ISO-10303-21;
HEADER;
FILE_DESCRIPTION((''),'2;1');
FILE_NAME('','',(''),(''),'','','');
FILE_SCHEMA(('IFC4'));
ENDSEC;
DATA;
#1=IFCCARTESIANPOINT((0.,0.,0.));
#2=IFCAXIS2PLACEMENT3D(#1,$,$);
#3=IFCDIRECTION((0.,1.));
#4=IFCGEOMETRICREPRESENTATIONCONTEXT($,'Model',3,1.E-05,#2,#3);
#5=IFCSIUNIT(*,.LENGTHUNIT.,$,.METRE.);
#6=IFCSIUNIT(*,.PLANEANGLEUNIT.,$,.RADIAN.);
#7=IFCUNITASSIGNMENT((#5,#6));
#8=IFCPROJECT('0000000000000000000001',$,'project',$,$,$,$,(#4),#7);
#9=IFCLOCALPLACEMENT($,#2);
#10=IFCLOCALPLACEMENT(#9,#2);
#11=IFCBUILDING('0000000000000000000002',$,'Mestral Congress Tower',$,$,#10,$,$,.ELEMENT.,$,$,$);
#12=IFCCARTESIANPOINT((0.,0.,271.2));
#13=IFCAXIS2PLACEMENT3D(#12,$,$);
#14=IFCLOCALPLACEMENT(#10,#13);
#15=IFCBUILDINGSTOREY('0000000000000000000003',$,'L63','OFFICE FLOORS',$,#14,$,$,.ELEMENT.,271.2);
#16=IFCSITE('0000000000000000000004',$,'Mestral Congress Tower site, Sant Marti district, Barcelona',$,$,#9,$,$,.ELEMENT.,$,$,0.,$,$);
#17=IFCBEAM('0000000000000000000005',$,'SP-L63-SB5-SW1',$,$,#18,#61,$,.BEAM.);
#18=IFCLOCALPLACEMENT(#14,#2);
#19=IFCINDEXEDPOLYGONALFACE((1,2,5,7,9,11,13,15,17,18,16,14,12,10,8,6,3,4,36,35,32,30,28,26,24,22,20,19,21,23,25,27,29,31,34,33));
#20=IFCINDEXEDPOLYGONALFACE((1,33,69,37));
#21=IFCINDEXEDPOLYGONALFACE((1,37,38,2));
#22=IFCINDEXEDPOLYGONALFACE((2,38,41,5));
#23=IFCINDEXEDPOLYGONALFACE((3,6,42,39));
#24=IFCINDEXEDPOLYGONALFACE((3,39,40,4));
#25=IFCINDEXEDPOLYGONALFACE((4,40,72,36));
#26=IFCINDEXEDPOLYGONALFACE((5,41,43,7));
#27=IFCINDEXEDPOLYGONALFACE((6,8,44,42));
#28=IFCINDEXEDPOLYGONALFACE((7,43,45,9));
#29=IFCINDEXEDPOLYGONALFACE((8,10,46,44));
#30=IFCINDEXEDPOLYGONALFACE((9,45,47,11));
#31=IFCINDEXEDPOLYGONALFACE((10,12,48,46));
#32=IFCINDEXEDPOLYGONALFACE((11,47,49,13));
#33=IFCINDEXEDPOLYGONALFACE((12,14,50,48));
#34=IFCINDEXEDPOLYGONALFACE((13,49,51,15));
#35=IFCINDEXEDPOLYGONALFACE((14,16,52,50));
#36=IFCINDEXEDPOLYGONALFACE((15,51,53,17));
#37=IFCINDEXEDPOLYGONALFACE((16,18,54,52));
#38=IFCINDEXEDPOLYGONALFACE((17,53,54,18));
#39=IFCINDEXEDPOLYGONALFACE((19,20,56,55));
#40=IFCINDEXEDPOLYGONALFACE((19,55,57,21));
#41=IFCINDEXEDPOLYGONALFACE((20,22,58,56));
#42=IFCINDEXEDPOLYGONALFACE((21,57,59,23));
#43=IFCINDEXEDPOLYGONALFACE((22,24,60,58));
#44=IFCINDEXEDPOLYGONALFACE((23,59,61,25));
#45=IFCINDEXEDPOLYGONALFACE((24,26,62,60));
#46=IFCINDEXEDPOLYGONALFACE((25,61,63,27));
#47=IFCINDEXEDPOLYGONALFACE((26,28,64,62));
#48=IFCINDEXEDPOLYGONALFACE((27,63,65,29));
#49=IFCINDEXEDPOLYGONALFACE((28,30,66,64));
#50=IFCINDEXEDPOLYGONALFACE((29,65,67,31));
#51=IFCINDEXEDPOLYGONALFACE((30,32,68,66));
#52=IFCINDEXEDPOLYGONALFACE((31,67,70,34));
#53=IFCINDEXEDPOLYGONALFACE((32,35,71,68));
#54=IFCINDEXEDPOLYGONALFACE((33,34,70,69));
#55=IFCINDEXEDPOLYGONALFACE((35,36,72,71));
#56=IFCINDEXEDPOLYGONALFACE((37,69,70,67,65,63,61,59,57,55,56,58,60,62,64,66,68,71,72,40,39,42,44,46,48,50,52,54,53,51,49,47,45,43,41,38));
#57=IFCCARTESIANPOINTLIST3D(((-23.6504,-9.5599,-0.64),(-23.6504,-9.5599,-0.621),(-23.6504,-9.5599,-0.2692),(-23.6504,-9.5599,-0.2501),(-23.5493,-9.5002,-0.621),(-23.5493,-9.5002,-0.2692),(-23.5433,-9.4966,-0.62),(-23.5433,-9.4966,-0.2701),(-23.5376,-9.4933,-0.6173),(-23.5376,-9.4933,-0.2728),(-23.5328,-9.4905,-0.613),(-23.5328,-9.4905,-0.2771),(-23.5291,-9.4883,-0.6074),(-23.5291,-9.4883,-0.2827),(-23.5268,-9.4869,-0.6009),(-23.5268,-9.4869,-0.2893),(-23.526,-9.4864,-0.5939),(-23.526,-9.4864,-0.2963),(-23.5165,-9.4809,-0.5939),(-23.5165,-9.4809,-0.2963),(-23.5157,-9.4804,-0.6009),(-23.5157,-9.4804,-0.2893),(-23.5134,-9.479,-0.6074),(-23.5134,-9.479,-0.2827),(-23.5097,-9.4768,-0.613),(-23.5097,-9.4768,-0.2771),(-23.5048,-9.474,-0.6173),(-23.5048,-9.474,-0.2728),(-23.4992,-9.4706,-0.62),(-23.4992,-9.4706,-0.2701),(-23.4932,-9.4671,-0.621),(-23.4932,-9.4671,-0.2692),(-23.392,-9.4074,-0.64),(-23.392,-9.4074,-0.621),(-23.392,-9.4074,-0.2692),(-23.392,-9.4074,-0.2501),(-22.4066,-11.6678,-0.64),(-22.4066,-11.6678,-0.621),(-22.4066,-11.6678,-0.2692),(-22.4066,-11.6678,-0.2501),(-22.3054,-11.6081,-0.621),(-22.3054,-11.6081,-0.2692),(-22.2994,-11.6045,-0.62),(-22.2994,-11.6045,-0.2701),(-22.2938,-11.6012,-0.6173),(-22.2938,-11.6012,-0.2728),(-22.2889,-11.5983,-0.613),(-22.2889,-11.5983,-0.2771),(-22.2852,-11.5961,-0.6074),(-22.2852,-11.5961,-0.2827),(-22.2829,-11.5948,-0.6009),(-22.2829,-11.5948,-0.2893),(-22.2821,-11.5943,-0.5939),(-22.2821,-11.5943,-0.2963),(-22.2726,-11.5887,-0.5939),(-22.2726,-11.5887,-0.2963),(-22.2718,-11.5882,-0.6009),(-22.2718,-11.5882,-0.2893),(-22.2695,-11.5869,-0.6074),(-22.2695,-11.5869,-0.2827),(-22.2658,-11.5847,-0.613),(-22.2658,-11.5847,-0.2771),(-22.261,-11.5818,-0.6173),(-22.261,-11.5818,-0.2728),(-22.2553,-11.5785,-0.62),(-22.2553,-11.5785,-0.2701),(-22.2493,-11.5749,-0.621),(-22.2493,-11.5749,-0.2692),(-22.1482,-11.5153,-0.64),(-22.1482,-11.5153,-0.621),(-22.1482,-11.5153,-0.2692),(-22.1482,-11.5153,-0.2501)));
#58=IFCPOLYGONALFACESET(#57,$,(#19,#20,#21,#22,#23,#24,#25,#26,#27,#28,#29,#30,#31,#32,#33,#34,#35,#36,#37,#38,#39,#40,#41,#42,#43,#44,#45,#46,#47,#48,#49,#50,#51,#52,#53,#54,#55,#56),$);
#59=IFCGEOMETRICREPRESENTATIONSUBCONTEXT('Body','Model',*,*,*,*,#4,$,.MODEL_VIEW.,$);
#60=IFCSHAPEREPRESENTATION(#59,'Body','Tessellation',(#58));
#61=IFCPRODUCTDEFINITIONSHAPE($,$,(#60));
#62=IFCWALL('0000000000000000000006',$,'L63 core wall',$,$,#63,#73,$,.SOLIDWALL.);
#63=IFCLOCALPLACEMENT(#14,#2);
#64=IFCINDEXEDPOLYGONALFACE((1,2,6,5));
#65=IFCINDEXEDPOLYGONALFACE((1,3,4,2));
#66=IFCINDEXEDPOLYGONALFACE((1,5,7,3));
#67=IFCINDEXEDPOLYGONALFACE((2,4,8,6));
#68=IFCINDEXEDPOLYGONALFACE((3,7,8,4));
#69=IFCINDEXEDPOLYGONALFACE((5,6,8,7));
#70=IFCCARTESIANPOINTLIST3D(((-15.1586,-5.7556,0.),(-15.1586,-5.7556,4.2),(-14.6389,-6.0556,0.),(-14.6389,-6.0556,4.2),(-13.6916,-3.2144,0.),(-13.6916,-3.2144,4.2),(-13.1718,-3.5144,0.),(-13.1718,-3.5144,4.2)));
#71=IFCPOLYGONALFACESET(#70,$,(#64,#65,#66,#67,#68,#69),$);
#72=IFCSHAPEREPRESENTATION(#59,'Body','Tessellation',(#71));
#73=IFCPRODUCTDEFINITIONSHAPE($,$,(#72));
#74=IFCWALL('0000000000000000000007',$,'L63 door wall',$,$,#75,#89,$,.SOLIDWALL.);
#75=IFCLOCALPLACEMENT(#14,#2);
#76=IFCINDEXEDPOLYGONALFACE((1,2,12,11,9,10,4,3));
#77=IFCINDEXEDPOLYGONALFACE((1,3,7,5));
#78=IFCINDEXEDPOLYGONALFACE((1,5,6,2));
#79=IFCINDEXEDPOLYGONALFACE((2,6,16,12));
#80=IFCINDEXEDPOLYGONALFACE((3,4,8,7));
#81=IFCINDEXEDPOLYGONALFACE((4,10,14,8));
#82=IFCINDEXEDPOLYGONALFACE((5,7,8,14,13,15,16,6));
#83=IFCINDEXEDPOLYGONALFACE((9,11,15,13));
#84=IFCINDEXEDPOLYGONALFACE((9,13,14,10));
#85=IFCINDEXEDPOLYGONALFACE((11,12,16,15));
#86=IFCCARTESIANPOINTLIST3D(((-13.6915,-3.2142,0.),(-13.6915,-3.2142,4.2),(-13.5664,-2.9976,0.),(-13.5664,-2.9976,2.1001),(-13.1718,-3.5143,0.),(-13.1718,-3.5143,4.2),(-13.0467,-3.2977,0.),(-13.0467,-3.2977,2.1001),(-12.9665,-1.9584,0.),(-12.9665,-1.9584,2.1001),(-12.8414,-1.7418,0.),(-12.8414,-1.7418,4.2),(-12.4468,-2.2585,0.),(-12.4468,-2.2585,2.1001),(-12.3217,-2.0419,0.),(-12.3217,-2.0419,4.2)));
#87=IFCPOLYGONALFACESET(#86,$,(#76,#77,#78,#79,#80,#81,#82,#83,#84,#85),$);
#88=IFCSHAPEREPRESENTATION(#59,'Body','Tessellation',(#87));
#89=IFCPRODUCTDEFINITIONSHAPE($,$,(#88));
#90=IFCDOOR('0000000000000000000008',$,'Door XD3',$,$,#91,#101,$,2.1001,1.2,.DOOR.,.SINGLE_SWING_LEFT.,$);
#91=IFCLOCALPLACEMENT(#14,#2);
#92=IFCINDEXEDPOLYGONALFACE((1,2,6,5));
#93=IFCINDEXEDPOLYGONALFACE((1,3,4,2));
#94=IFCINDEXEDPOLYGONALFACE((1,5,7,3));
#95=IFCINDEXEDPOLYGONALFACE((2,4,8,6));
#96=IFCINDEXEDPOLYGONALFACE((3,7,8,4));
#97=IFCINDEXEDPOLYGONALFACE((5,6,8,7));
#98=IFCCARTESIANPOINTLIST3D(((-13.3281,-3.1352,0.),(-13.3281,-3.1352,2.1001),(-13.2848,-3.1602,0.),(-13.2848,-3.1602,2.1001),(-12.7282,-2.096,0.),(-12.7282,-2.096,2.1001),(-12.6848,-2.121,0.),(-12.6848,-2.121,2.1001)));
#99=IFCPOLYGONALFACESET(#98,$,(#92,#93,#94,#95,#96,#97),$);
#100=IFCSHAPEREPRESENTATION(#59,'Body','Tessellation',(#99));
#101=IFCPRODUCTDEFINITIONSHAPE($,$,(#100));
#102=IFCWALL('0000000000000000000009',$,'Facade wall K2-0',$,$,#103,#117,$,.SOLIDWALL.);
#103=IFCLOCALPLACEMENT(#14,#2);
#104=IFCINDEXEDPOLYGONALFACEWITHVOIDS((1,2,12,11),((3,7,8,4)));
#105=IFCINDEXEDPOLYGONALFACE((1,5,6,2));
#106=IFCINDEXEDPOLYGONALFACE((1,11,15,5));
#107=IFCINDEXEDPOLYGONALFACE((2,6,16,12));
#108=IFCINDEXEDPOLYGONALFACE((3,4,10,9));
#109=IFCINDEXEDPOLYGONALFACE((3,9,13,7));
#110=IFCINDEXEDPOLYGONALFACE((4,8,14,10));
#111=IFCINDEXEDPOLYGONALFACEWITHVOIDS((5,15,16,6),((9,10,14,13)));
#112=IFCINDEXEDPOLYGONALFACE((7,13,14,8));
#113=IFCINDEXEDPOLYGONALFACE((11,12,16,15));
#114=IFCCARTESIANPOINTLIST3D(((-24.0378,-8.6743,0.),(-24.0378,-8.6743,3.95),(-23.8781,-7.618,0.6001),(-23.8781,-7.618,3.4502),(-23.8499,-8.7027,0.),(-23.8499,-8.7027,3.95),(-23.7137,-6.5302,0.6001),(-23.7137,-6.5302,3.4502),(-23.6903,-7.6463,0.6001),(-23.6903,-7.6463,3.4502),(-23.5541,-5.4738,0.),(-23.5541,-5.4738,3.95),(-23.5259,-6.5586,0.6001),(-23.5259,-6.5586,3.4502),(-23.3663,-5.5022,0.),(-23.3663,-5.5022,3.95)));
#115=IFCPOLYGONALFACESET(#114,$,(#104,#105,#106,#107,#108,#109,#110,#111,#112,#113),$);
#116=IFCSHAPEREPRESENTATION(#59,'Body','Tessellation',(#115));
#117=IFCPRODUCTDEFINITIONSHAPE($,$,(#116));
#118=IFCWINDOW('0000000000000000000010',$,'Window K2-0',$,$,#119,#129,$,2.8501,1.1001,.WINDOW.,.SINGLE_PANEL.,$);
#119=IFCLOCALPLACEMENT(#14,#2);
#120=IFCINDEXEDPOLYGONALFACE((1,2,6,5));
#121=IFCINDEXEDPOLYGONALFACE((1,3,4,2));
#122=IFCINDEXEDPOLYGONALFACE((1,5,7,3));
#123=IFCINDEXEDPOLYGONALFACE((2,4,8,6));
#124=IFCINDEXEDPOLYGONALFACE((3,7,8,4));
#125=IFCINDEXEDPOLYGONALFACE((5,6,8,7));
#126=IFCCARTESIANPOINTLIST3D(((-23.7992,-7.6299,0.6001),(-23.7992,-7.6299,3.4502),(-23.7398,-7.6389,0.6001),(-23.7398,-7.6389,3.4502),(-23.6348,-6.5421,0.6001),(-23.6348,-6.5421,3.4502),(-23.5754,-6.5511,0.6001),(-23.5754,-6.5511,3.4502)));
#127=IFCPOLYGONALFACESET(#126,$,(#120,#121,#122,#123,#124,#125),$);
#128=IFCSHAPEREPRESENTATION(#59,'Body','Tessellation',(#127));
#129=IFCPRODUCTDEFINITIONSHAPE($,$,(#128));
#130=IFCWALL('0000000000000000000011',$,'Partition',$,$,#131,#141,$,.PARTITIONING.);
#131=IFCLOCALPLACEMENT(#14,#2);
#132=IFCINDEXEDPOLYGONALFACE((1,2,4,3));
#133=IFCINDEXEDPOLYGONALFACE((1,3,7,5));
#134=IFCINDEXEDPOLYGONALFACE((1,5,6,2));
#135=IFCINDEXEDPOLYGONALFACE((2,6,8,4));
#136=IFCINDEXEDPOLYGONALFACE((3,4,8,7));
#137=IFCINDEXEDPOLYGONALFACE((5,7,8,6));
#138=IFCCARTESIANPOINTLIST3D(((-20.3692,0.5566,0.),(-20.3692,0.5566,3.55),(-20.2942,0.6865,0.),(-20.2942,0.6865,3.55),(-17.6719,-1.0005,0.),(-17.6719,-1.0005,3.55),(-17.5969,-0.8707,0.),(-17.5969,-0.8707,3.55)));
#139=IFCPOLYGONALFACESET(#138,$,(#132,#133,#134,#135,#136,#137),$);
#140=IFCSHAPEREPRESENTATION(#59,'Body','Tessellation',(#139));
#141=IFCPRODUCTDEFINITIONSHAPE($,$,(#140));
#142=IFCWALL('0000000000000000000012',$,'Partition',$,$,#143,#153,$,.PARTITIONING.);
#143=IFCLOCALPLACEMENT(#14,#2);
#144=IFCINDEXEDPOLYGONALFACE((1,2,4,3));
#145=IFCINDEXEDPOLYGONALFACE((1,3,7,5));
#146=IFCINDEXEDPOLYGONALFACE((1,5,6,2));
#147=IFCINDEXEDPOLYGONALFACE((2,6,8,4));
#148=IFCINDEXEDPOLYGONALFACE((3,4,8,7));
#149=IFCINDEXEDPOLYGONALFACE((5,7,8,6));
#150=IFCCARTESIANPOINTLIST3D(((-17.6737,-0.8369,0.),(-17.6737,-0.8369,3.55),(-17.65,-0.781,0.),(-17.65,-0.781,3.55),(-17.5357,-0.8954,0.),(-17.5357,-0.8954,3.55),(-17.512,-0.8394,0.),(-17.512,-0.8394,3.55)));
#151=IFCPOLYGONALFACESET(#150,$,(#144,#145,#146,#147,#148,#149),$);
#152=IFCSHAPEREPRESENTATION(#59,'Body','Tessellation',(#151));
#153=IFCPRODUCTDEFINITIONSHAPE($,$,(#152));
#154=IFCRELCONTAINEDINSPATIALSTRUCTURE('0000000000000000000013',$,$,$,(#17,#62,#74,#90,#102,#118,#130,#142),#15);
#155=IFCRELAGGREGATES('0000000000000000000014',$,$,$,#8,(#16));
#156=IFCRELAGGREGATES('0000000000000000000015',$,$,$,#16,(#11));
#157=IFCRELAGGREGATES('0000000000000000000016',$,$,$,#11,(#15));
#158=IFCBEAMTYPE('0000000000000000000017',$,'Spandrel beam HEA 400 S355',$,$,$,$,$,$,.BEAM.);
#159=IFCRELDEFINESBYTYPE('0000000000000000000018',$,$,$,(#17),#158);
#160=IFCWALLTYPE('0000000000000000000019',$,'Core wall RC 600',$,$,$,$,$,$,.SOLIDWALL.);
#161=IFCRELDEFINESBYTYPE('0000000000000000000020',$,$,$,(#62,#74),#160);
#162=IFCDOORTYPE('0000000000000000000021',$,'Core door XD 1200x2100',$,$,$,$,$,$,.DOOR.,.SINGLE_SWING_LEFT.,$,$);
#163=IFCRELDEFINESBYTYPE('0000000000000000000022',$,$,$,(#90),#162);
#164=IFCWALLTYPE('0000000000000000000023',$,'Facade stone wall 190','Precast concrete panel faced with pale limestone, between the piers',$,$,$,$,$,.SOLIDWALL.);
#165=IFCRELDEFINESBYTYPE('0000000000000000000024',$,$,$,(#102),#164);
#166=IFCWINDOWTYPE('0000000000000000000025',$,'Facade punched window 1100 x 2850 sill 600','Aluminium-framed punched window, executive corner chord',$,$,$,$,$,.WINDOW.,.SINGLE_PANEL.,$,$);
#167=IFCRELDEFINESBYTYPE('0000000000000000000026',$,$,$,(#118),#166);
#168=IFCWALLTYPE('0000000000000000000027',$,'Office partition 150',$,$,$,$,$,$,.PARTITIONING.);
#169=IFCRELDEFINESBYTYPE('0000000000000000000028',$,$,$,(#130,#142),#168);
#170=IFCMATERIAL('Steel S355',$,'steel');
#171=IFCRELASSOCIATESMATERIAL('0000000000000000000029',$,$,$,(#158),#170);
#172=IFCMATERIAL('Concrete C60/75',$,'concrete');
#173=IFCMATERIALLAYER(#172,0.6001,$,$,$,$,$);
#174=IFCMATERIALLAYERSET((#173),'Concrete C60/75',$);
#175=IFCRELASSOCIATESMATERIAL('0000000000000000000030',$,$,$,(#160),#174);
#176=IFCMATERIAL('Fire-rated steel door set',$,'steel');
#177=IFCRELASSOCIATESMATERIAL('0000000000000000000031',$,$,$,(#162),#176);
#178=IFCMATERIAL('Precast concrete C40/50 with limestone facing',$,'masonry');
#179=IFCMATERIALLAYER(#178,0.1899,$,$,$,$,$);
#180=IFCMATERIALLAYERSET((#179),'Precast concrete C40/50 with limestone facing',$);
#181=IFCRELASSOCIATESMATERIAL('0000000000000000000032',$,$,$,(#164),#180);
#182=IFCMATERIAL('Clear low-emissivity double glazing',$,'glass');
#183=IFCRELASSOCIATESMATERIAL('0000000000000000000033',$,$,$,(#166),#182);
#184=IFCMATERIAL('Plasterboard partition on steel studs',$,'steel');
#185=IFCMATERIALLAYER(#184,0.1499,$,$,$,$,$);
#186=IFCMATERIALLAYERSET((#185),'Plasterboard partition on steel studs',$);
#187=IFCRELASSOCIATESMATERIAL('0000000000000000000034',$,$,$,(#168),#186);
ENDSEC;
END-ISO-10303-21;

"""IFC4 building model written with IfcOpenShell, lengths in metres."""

from ifc_helpers import new_model, si_unit, direction, frame, frame_2d, origin, origin_2d, place, context, subcontext, project, spatial, rectangle, i_section, extrude, material, layer, layer_set, material_profile, profile_set, type_object, element, fill, save


model = new_model("IFC4")

# Units and contexts
model_context = context("Model", 3, precision=1e-05, world=origin(), true_north=direction((0.0, 1.0)))
body_context = subcontext(model_context, "Body", "Model", "MODEL_VIEW")
ifc_project = project(units=[si_unit("LENGTHUNIT", "METRE"), si_unit("PLANEANGLEUNIT", "RADIAN")], contexts=[model_context])

# Site, building, storey
site_placement = place(None, origin())
site = spatial("IfcSite", under=ifc_project, at=site_placement, Name="Mestral Congress Tower site, Sant Marti district, Barcelona", CompositionType="ELEMENT", RefElevation=0.0)
building_placement = place(site_placement, origin())
building = spatial("IfcBuilding", under=site, at=building_placement, Name="Mestral Congress Tower", CompositionType="ELEMENT")
storey_placement = place(building_placement, frame((0.0, 0.0, 271.2)))
storey = spatial("IfcBuildingStorey", under=building, at=storey_placement, Name="L63", Description="OFFICE FLOORS", CompositionType="ELEMENT", Elevation=271.2)

# Shared definitions
ifc_material_1 = material(Name="Concrete C60/75", Category="concrete")

# Beam
ifc_material_2 = material(Name="Steel S355", Category="steel")
ifc_material_profile_1 = material_profile(ifc_material_2, i_section(OverallWidth=0.3, OverallDepth=0.3899, WebThickness=0.011, FlangeThickness=0.019, FilletRadius=0.0271, at=origin_2d()), Name="HEA 400")
ifc_profile_set_1 = profile_set([ifc_material_profile_1], Name="Steel S355")
beam_type_1 = type_object("IfcBeamType", Name="Spandrel beam HEA 400 S355", PredefinedType="BEAM", material=ifc_profile_set_1)
beam_1_placement = place(storey_placement, frame((-23.5212, -9.4836, -0.4451), z_axis=(0.508218, -0.861228, 0.0), x_axis=(0.861228, 0.508218, 0.0)))
element("IfcBeam", 1, at=beam_1_placement, inside=storey, type_object=beam_type_1, Name="SP-L63-SB5-SW1", PredefinedType="BEAM", context=body_context, shape_type="SweptSolid", body=[
    extrude(i_section(OverallWidth=0.3, OverallDepth=0.3899, WebThickness=0.011, FlangeThickness=0.019, FilletRadius=0.0271, at=origin_2d()), origin(), (0.0, 0.0, 1.0), 2.4475),
])

# Wall
ifc_layer_1 = layer(ifc_material_1, 0.6001)
ifc_layer_set_1 = layer_set([ifc_layer_1], Name="Concrete C60/75")
wall_type_1 = type_object("IfcWallType", Name="Core wall RC 600", PredefinedType="SOLIDWALL", material=ifc_layer_set_1)
wall_1_placement = place(storey_placement, frame((-13.4316, -3.3643, 0.0), z_axis=(0.0, 0.0, 1.0), x_axis=(-0.49996, -0.866048, 0.0)))
element("IfcWall", 2, at=wall_1_placement, inside=storey, type_object=wall_type_1, Name="L63 core wall", PredefinedType="SOLIDWALL", context=body_context, shape_type="SweptSolid", body=[
    extrude(rectangle(XDim=2.9343, YDim=0.6001, at=frame_2d((1.4673, 0.0))), origin(), (0.0, 0.0, 1.0), 4.2),
])

# Wall, opening, door
wall_2_placement = place(storey_placement, frame((-13.4316, -3.3643, 0.0), z_axis=(0.0, 0.0, 1.0), x_axis=(0.5, 0.866025, 0.0)))
wall_2 = element("IfcWall", 3, at=wall_2_placement, inside=storey, type_object=wall_type_1, Name="L63 door wall", PredefinedType="SOLIDWALL", context=body_context, shape_type="SweptSolid", body=[
    extrude(rectangle(XDim=1.7002, YDim=0.6001, at=frame_2d((0.8501, 0.0))), origin(), (0.0, 0.0, 1.0), 4.2),
])
opening_1_placement = place(wall_2_placement, frame((0.25, 0.0, 0.0)))
opening_1 = element("IfcOpeningElement", 4, at=opening_1_placement, cuts=wall_2, PredefinedType="OPENING", context=body_context, shape_type="SweptSolid", body=[
    extrude(rectangle(XDim=1.2, YDim=2.1001, at=frame_2d((0.6001, 1.05))), frame((0.0, 0.3101, 0.0), z_axis=(0.0, -1.0, 0.0), x_axis=(1.0, 0.0, 0.0)), (0.0, 0.0, 1.0), 0.6201),
])
ifc_material_3 = material(Name="Fire-rated steel door set", Category="steel")
door_type_1 = type_object("IfcDoorType", Name="Core door XD 1200x2100", OperationType="SINGLE_SWING_LEFT", PredefinedType="DOOR", material=ifc_material_3)
door_1_placement = place(opening_1_placement, origin())
door_1 = element("IfcDoor", 5, at=door_1_placement, inside=storey, type_object=door_type_1, Name="Door XD3", OperationType="SINGLE_SWING_LEFT", OverallHeight=2.1001, OverallWidth=1.2, PredefinedType="DOOR", context=body_context, shape_type="SweptSolid", body=[
    extrude(rectangle(XDim=1.2, YDim=2.1001, at=frame_2d((0.6001, 1.05))), frame((0.0, 0.0249, 0.0), z_axis=(0.0, -1.0, 0.0), x_axis=(1.0, 0.0, 0.0)), (0.0, 0.0, 1.0), 0.05),
])
fill(opening_1, door_1)

# Wall, opening, window
ifc_material_4 = material(Name="Precast concrete C40/50 with limestone facing", Category="masonry")
ifc_layer_2 = layer(ifc_material_4, 0.1899)
ifc_layer_set_2 = layer_set([ifc_layer_2], Name="Precast concrete C40/50 with limestone facing")
wall_type_2 = type_object("IfcWallType", Name="Facade stone wall 190", Description="Precast concrete panel faced with pale limestone, between the piers", PredefinedType="SOLIDWALL", material=ifc_layer_set_2)
wall_3_placement = place(storey_placement, frame((-23.4602, -5.488, 0.0), z_axis=(0.0, 0.0, 1.0), x_axis=(-0.149421, -0.988774, 0.0)))
wall_3 = element("IfcWall", 6, at=wall_3_placement, inside=storey, type_object=wall_type_2, Name="Facade wall K2-0", PredefinedType="SOLIDWALL", context=body_context, shape_type="SweptSolid", body=[
    extrude(rectangle(XDim=3.2368, YDim=0.1899, at=frame_2d((1.6184, 0.0))), origin(), (0.0, 0.0, 1.0), 3.95),
])
opening_2_placement = place(wall_3_placement, frame((1.0684, 0.0, 0.6001)))
opening_2 = element("IfcOpeningElement", 7, at=opening_2_placement, cuts=wall_3, PredefinedType="OPENING", context=body_context, shape_type="SweptSolid", body=[
    extrude(rectangle(XDim=1.1001, YDim=2.8501, at=frame_2d((0.55, 1.425))), frame((0.0, 0.105, 0.0), z_axis=(0.0, -1.0, 0.0), x_axis=(1.0, 0.0, 0.0)), (0.0, 0.0, 1.0), 0.21),
])
ifc_material_5 = material(Name="Clear low-emissivity double glazing", Category="glass")
window_type = type_object("IfcWindowType", Name="Facade punched window 1100 x 2850 sill 600", Description="Aluminium-framed punched window, executive corner chord", PartitioningType="SINGLE_PANEL", PredefinedType="WINDOW", material=ifc_material_5)
window_placement = place(opening_2_placement, origin())
window = element("IfcWindow", 8, at=window_placement, inside=storey, type_object=window_type, Name="Window K2-0", OverallHeight=2.8501, OverallWidth=1.1001, PartitioningType="SINGLE_PANEL", PredefinedType="WINDOW", context=body_context, shape_type="SweptSolid", body=[
    extrude(rectangle(XDim=1.1001, YDim=2.8501, at=frame_2d((0.55, 1.425))), frame((0.0, 0.0449, 0.0), z_axis=(0.0, -1.0, 0.0), x_axis=(1.0, 0.0, 0.0)), (0.0, 0.0, 1.0), 0.0601),
])
fill(opening_2, window)

# Walls
ifc_material_6 = material(Name="Plasterboard partition on steel studs", Category="steel")
ifc_layer_3 = layer(ifc_material_6, 0.1499)
ifc_layer_set_3 = layer_set([ifc_layer_3], Name="Plasterboard partition on steel studs")
wall_type_3 = type_object("IfcWallType", Name="Office partition 150", PredefinedType="PARTITIONING", material=ifc_layer_set_3)
wall_4_placement = place(storey_placement, frame((-17.6345, -0.9355, 0.0), z_axis=(0.0, 0.0, 1.0), x_axis=(-0.866045, 0.499967, 0.0)))
element("IfcWall", 9, at=wall_4_placement, inside=storey, type_object=wall_type_3, Name="Partition", PredefinedType="PARTITIONING", context=body_context, shape_type="SweptSolid", body=[
    extrude(rectangle(XDim=3.1145, YDim=0.1499, at=frame_2d((1.5571, 0.0))), origin(), (0.0, 0.0, 1.0), 3.55),
])
wall_5_placement = place(storey_placement, frame((-17.5811, -0.8103, 0.0), z_axis=(0.0, 0.0, 1.0), x_axis=(-0.390033, -0.920801, 0.0)))
element("IfcWall", 10, at=wall_5_placement, inside=storey, type_object=wall_type_3, Name="Partition", PredefinedType="PARTITIONING", context=body_context, shape_type="SweptSolid", body=[
    extrude(rectangle(XDim=0.0608, YDim=0.1499, at=frame_2d((0.0303, 0.0))), origin(), (0.0, 0.0, 1.0), 3.55),
])

save(model, "model.ifc")
